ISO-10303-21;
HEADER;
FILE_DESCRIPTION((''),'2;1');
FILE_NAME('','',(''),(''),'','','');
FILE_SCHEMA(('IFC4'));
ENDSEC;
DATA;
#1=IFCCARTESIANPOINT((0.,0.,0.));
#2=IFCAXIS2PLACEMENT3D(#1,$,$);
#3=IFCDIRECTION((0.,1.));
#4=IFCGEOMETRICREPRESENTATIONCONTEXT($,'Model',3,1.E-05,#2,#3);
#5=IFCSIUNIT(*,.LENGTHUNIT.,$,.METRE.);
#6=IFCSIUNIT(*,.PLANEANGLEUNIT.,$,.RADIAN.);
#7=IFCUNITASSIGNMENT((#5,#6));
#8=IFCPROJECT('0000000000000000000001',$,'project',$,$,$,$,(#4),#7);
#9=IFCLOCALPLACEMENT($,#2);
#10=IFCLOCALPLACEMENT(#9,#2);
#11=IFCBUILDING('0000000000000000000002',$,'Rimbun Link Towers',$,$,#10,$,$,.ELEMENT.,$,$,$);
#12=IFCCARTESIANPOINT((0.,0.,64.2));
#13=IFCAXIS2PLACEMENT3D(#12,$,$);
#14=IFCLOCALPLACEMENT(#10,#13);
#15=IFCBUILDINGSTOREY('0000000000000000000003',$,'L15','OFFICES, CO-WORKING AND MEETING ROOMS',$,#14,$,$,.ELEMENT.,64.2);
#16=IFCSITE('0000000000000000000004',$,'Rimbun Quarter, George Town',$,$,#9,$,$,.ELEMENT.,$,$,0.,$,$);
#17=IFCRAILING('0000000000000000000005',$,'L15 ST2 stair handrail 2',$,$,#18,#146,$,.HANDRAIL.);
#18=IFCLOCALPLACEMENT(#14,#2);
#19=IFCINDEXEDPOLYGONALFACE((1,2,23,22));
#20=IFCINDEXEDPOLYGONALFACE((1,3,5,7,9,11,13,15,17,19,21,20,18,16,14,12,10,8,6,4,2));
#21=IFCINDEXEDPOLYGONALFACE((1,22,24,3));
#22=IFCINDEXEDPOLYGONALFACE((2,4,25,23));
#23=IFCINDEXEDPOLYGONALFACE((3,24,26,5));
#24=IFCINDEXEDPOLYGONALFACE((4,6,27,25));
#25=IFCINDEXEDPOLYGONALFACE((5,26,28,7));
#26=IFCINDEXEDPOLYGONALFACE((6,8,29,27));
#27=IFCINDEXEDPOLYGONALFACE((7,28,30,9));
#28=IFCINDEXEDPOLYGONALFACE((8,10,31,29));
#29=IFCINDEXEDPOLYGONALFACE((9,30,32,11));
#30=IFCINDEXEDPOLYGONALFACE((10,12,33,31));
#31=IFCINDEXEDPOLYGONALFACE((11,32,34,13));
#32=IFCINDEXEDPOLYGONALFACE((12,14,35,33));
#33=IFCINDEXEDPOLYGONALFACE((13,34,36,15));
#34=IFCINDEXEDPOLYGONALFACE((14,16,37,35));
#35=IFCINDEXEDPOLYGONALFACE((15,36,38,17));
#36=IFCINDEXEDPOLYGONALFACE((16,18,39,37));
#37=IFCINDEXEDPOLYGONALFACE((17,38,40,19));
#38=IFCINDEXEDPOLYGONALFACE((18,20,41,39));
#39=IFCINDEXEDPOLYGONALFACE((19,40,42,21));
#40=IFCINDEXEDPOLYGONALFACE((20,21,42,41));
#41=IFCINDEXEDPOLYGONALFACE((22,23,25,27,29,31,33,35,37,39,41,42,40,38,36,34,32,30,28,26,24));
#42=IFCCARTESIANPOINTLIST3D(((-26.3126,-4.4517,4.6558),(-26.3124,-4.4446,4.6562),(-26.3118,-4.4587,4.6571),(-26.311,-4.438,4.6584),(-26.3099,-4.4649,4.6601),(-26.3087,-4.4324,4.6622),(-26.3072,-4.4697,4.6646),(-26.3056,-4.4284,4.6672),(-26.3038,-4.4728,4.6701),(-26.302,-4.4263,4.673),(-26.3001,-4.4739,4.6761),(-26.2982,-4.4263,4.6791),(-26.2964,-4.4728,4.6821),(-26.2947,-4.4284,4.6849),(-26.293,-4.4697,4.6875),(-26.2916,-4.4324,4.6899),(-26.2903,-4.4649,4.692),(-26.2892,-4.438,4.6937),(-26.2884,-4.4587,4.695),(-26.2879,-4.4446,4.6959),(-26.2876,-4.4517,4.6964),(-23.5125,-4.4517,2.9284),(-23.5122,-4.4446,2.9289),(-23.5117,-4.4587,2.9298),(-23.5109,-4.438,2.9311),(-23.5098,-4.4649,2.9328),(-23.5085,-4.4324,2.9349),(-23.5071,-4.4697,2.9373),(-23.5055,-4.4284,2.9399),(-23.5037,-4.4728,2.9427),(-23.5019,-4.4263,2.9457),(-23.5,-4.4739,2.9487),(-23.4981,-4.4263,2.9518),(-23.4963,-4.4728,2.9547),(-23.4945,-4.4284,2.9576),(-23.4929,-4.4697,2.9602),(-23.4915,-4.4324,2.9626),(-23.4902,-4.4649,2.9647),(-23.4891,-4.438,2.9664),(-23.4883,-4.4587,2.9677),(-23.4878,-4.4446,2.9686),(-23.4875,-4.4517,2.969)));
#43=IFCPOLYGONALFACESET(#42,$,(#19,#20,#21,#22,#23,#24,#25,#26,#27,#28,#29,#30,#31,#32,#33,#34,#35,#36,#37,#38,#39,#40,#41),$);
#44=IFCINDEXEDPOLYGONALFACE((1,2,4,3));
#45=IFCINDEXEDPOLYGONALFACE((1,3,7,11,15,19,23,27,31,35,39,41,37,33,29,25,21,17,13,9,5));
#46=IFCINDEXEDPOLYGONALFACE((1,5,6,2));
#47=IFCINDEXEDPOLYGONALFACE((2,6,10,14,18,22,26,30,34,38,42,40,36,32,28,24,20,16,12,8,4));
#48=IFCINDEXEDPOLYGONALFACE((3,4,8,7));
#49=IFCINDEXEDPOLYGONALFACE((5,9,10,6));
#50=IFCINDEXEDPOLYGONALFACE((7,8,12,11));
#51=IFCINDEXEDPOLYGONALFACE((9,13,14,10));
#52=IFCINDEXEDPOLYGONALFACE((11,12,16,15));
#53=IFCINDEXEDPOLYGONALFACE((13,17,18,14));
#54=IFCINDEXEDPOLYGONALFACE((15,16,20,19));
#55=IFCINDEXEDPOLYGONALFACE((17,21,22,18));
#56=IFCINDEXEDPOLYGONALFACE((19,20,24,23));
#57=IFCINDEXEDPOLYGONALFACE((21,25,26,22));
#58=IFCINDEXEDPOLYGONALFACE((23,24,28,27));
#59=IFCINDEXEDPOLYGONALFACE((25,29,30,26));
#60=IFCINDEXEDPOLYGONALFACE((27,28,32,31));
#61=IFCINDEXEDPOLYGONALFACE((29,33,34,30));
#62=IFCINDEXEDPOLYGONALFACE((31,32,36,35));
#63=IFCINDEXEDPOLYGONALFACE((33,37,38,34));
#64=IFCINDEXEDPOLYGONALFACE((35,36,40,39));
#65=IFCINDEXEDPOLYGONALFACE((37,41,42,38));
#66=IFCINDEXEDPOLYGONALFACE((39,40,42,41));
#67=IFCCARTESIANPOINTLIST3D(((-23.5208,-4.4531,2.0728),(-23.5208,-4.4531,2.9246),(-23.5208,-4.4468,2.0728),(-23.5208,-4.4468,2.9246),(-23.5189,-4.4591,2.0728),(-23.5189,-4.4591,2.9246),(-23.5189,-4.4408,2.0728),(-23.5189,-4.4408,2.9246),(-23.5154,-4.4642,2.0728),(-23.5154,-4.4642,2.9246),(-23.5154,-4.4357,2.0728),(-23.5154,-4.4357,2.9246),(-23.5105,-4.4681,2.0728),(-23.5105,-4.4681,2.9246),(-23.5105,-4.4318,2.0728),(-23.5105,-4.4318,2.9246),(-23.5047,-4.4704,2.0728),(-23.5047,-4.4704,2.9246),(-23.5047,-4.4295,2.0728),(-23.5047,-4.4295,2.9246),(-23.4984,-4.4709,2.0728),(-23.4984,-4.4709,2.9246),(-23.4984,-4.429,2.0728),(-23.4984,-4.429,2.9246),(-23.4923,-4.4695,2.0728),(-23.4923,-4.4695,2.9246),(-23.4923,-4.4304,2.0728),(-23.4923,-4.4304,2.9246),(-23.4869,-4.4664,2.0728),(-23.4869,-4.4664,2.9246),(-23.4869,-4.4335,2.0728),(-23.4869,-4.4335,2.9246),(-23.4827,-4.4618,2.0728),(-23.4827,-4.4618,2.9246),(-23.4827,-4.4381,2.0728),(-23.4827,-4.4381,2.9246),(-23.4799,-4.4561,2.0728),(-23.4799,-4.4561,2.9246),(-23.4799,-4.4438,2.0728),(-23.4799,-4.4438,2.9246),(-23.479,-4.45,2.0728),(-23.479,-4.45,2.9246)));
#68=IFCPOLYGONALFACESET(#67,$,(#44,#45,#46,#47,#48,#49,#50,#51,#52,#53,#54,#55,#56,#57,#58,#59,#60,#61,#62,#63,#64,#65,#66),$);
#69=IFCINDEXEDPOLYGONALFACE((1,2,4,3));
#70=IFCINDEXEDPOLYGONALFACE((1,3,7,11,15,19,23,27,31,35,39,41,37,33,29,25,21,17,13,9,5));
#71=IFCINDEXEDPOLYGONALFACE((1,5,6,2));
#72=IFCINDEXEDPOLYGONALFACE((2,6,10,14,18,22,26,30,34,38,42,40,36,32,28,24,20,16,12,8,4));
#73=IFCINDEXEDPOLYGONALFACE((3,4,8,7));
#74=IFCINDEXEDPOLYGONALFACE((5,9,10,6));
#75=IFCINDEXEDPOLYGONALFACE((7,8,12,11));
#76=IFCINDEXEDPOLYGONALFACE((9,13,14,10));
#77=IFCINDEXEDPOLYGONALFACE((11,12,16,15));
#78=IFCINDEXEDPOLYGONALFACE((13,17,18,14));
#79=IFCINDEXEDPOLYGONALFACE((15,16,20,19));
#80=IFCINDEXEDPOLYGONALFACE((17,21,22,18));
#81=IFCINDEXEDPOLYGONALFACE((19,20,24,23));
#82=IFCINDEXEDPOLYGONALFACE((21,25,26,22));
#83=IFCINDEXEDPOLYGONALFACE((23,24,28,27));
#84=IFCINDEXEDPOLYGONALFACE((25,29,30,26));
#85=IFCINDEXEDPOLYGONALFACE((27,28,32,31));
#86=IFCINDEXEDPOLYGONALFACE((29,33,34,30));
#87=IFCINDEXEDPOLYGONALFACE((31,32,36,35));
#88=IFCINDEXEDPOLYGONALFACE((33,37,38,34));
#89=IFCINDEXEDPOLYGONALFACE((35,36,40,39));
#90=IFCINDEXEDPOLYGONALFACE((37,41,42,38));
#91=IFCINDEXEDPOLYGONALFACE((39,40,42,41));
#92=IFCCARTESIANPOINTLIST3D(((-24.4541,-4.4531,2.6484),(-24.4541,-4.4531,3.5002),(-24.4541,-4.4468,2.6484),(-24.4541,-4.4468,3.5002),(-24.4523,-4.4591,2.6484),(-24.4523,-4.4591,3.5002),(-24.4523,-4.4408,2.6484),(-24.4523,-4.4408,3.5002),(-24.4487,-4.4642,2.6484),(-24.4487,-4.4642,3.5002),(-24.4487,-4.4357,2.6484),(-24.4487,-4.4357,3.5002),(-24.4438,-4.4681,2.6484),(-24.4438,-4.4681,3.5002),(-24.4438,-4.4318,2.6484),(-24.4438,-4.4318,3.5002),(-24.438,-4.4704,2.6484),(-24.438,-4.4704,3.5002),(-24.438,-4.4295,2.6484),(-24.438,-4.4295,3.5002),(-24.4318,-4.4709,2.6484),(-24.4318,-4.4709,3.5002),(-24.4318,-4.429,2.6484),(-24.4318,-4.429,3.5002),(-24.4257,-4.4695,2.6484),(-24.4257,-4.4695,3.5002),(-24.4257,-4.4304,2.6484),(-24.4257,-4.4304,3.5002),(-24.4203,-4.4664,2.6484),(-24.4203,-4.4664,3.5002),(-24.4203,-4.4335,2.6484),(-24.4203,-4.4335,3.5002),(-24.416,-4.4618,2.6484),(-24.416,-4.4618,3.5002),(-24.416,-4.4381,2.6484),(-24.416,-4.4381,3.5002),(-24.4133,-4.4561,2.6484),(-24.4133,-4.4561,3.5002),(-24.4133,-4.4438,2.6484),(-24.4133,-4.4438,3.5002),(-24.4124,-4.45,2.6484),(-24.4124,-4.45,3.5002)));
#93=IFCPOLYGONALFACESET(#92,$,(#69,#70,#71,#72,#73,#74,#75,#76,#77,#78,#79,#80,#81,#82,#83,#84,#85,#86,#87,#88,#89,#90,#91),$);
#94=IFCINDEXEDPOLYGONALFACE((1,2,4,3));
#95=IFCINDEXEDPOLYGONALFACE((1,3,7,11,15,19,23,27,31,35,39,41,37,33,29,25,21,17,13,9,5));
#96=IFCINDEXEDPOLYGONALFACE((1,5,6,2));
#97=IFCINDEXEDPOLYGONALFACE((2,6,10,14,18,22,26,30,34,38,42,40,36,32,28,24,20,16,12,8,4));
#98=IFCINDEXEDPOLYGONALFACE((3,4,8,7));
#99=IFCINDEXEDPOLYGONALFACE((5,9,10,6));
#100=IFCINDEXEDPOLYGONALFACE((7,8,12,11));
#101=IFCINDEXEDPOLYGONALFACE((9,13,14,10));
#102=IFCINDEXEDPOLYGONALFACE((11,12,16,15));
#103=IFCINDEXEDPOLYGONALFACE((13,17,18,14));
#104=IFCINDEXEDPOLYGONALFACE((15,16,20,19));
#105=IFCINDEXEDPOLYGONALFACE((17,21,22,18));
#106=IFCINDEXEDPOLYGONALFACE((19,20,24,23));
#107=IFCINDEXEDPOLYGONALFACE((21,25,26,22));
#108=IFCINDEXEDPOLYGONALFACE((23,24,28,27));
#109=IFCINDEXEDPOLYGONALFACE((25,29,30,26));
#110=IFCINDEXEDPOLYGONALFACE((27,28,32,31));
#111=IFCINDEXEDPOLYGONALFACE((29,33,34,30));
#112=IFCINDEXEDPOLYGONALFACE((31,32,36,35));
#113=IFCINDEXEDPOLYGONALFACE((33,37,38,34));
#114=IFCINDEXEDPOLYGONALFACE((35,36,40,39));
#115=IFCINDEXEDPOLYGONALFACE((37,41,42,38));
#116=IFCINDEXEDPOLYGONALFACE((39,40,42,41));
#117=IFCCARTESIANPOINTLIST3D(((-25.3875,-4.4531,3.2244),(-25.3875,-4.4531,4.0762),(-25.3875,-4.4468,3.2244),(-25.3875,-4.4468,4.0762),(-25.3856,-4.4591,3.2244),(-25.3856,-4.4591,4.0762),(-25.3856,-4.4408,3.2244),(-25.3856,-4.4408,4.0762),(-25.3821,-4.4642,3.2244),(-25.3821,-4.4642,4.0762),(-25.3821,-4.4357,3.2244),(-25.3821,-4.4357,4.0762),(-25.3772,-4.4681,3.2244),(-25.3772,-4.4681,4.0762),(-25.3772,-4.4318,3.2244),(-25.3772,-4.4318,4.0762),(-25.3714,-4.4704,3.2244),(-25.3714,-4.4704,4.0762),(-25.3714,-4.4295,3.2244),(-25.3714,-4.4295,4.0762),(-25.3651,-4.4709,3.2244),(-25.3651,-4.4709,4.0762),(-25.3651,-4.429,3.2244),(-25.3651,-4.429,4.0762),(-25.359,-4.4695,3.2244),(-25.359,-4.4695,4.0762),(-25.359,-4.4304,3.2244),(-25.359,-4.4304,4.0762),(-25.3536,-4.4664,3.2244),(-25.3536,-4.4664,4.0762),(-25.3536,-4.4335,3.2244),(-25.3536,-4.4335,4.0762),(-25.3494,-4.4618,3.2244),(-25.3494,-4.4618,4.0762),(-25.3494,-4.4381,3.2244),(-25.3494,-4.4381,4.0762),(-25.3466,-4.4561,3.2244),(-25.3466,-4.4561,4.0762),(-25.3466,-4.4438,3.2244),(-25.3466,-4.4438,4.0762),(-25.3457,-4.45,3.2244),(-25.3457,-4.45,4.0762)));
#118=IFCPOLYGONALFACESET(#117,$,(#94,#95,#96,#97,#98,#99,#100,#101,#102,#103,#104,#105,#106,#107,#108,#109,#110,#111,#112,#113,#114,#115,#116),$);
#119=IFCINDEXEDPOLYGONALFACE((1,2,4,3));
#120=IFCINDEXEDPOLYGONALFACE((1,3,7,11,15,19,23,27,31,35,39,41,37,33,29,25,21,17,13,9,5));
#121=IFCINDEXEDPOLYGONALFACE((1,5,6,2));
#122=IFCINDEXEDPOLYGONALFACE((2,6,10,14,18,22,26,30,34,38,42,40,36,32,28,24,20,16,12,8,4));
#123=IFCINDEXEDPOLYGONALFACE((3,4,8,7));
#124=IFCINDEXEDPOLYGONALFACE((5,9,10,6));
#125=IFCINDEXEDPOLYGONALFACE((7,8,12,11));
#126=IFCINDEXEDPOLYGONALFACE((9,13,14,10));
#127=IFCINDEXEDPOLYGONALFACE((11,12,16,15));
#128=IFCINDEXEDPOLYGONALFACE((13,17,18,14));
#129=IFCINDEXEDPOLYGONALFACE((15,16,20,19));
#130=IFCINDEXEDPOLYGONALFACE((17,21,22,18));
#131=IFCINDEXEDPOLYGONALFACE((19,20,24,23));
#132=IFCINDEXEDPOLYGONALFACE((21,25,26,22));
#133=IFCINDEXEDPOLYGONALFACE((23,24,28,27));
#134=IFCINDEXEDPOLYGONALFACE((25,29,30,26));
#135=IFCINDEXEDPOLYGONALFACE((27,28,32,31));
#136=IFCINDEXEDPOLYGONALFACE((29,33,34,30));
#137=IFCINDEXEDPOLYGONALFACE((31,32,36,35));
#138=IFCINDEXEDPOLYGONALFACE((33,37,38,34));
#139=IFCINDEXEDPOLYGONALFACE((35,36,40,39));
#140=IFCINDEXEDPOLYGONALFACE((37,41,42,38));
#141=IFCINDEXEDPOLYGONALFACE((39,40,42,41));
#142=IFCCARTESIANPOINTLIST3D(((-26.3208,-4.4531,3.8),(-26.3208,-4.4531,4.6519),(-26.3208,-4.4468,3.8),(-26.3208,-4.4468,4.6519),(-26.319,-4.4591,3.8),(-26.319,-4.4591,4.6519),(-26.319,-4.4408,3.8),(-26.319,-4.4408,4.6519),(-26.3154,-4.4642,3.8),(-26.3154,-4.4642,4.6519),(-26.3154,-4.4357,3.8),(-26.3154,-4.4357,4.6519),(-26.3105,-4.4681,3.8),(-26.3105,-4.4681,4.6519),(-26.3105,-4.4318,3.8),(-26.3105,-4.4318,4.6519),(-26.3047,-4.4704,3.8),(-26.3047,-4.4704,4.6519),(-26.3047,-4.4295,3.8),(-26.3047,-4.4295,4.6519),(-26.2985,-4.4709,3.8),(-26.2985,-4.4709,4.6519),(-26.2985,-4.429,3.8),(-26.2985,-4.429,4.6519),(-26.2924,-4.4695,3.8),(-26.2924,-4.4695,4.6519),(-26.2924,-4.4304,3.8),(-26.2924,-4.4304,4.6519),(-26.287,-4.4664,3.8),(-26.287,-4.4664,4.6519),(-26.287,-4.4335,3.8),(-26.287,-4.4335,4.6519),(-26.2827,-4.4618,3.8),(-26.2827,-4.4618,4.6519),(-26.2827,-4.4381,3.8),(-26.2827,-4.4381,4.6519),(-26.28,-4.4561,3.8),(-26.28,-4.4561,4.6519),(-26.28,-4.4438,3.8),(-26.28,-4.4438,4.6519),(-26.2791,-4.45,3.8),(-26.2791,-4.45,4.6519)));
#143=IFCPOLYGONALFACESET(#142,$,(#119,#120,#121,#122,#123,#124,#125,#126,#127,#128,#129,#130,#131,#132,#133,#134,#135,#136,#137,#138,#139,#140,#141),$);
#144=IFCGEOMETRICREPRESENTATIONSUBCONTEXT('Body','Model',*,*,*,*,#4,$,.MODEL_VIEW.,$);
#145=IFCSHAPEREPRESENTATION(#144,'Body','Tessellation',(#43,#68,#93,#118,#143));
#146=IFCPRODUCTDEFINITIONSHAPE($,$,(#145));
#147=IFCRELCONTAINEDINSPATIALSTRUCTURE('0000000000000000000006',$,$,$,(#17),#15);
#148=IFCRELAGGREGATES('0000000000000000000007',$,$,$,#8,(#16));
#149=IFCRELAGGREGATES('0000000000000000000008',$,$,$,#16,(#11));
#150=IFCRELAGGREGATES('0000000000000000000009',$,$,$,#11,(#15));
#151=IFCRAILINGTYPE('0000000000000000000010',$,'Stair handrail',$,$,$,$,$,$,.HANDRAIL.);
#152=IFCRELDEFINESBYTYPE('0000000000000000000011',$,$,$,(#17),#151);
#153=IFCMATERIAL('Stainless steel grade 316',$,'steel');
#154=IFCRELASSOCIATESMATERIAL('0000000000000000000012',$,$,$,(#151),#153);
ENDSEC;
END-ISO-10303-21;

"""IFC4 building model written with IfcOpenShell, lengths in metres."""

from ifc_helpers import new_model, si_unit, direction, frame, origin, origin_2d, place, context, subcontext, project, spatial, circle, extrude, material, type_object, element, save


model = new_model("IFC4")

# Units and contexts
model_context = context("Model", 3, precision=1e-05, world=origin(), true_north=direction((0.0, 1.0)))
body_context = subcontext(model_context, "Body", "Model", "MODEL_VIEW")
ifc_project = project(units=[si_unit("LENGTHUNIT", "METRE"), si_unit("PLANEANGLEUNIT", "RADIAN")], contexts=[model_context])

# Site, building, storey
site_placement = place(None, origin())
site = spatial("IfcSite", under=ifc_project, at=site_placement, Name="Rimbun Quarter, George Town", CompositionType="ELEMENT", RefElevation=0.0)
building_placement = place(site_placement, origin())
building = spatial("IfcBuilding", under=site, at=building_placement, Name="Rimbun Link Towers", CompositionType="ELEMENT")
storey_placement = place(building_placement, frame((0.0, 0.0, 64.2)))
storey = spatial("IfcBuildingStorey", under=building, at=storey_placement, Name="L15", Description="OFFICES, CO-WORKING AND MEETING ROOMS", CompositionType="ELEMENT", Elevation=64.2)

# Railing
ifc_material_1 = material(Name="Stainless steel grade 316", Category="steel")
railing_type_1 = type_object("IfcRailingType", Name="Stair handrail", PredefinedType="HANDRAIL", material=ifc_material_1)
railing_1_placement = place(storey_placement, frame((-23.5, -4.45, 2.0728)))
element("IfcRailing", 1, at=railing_1_placement, inside=storey, type_object=railing_type_1, Name="L15 ST2 stair handrail 2", PredefinedType="HANDRAIL", context=body_context, shape_type="SweptSolid", body=[
    extrude(circle(Radius=0.0239, at=origin_2d()), frame((0.0, 0.0, 0.876), z_axis=(-0.85109, 0.0, 0.52502), x_axis=(0.0, -1.0, 0.0)), (0.0, 0.0, 1.0), 3.29),
    extrude(circle(Radius=0.021, at=origin_2d()), origin(), (0.0, 0.0, 1.0), 0.8518),
    extrude(circle(Radius=0.021, at=origin_2d()), frame((-0.9333, 0.0, 0.5757)), (0.0, 0.0, 1.0), 0.8518),
    extrude(circle(Radius=0.021, at=origin_2d()), frame((-1.8667, 0.0, 1.1516)), (0.0, 0.0, 1.0), 0.8518),
    extrude(circle(Radius=0.021, at=origin_2d()), frame((-2.8, 0.0, 1.7273)), (0.0, 0.0, 1.0), 0.8518),
])

save(model, "model.ifc")
